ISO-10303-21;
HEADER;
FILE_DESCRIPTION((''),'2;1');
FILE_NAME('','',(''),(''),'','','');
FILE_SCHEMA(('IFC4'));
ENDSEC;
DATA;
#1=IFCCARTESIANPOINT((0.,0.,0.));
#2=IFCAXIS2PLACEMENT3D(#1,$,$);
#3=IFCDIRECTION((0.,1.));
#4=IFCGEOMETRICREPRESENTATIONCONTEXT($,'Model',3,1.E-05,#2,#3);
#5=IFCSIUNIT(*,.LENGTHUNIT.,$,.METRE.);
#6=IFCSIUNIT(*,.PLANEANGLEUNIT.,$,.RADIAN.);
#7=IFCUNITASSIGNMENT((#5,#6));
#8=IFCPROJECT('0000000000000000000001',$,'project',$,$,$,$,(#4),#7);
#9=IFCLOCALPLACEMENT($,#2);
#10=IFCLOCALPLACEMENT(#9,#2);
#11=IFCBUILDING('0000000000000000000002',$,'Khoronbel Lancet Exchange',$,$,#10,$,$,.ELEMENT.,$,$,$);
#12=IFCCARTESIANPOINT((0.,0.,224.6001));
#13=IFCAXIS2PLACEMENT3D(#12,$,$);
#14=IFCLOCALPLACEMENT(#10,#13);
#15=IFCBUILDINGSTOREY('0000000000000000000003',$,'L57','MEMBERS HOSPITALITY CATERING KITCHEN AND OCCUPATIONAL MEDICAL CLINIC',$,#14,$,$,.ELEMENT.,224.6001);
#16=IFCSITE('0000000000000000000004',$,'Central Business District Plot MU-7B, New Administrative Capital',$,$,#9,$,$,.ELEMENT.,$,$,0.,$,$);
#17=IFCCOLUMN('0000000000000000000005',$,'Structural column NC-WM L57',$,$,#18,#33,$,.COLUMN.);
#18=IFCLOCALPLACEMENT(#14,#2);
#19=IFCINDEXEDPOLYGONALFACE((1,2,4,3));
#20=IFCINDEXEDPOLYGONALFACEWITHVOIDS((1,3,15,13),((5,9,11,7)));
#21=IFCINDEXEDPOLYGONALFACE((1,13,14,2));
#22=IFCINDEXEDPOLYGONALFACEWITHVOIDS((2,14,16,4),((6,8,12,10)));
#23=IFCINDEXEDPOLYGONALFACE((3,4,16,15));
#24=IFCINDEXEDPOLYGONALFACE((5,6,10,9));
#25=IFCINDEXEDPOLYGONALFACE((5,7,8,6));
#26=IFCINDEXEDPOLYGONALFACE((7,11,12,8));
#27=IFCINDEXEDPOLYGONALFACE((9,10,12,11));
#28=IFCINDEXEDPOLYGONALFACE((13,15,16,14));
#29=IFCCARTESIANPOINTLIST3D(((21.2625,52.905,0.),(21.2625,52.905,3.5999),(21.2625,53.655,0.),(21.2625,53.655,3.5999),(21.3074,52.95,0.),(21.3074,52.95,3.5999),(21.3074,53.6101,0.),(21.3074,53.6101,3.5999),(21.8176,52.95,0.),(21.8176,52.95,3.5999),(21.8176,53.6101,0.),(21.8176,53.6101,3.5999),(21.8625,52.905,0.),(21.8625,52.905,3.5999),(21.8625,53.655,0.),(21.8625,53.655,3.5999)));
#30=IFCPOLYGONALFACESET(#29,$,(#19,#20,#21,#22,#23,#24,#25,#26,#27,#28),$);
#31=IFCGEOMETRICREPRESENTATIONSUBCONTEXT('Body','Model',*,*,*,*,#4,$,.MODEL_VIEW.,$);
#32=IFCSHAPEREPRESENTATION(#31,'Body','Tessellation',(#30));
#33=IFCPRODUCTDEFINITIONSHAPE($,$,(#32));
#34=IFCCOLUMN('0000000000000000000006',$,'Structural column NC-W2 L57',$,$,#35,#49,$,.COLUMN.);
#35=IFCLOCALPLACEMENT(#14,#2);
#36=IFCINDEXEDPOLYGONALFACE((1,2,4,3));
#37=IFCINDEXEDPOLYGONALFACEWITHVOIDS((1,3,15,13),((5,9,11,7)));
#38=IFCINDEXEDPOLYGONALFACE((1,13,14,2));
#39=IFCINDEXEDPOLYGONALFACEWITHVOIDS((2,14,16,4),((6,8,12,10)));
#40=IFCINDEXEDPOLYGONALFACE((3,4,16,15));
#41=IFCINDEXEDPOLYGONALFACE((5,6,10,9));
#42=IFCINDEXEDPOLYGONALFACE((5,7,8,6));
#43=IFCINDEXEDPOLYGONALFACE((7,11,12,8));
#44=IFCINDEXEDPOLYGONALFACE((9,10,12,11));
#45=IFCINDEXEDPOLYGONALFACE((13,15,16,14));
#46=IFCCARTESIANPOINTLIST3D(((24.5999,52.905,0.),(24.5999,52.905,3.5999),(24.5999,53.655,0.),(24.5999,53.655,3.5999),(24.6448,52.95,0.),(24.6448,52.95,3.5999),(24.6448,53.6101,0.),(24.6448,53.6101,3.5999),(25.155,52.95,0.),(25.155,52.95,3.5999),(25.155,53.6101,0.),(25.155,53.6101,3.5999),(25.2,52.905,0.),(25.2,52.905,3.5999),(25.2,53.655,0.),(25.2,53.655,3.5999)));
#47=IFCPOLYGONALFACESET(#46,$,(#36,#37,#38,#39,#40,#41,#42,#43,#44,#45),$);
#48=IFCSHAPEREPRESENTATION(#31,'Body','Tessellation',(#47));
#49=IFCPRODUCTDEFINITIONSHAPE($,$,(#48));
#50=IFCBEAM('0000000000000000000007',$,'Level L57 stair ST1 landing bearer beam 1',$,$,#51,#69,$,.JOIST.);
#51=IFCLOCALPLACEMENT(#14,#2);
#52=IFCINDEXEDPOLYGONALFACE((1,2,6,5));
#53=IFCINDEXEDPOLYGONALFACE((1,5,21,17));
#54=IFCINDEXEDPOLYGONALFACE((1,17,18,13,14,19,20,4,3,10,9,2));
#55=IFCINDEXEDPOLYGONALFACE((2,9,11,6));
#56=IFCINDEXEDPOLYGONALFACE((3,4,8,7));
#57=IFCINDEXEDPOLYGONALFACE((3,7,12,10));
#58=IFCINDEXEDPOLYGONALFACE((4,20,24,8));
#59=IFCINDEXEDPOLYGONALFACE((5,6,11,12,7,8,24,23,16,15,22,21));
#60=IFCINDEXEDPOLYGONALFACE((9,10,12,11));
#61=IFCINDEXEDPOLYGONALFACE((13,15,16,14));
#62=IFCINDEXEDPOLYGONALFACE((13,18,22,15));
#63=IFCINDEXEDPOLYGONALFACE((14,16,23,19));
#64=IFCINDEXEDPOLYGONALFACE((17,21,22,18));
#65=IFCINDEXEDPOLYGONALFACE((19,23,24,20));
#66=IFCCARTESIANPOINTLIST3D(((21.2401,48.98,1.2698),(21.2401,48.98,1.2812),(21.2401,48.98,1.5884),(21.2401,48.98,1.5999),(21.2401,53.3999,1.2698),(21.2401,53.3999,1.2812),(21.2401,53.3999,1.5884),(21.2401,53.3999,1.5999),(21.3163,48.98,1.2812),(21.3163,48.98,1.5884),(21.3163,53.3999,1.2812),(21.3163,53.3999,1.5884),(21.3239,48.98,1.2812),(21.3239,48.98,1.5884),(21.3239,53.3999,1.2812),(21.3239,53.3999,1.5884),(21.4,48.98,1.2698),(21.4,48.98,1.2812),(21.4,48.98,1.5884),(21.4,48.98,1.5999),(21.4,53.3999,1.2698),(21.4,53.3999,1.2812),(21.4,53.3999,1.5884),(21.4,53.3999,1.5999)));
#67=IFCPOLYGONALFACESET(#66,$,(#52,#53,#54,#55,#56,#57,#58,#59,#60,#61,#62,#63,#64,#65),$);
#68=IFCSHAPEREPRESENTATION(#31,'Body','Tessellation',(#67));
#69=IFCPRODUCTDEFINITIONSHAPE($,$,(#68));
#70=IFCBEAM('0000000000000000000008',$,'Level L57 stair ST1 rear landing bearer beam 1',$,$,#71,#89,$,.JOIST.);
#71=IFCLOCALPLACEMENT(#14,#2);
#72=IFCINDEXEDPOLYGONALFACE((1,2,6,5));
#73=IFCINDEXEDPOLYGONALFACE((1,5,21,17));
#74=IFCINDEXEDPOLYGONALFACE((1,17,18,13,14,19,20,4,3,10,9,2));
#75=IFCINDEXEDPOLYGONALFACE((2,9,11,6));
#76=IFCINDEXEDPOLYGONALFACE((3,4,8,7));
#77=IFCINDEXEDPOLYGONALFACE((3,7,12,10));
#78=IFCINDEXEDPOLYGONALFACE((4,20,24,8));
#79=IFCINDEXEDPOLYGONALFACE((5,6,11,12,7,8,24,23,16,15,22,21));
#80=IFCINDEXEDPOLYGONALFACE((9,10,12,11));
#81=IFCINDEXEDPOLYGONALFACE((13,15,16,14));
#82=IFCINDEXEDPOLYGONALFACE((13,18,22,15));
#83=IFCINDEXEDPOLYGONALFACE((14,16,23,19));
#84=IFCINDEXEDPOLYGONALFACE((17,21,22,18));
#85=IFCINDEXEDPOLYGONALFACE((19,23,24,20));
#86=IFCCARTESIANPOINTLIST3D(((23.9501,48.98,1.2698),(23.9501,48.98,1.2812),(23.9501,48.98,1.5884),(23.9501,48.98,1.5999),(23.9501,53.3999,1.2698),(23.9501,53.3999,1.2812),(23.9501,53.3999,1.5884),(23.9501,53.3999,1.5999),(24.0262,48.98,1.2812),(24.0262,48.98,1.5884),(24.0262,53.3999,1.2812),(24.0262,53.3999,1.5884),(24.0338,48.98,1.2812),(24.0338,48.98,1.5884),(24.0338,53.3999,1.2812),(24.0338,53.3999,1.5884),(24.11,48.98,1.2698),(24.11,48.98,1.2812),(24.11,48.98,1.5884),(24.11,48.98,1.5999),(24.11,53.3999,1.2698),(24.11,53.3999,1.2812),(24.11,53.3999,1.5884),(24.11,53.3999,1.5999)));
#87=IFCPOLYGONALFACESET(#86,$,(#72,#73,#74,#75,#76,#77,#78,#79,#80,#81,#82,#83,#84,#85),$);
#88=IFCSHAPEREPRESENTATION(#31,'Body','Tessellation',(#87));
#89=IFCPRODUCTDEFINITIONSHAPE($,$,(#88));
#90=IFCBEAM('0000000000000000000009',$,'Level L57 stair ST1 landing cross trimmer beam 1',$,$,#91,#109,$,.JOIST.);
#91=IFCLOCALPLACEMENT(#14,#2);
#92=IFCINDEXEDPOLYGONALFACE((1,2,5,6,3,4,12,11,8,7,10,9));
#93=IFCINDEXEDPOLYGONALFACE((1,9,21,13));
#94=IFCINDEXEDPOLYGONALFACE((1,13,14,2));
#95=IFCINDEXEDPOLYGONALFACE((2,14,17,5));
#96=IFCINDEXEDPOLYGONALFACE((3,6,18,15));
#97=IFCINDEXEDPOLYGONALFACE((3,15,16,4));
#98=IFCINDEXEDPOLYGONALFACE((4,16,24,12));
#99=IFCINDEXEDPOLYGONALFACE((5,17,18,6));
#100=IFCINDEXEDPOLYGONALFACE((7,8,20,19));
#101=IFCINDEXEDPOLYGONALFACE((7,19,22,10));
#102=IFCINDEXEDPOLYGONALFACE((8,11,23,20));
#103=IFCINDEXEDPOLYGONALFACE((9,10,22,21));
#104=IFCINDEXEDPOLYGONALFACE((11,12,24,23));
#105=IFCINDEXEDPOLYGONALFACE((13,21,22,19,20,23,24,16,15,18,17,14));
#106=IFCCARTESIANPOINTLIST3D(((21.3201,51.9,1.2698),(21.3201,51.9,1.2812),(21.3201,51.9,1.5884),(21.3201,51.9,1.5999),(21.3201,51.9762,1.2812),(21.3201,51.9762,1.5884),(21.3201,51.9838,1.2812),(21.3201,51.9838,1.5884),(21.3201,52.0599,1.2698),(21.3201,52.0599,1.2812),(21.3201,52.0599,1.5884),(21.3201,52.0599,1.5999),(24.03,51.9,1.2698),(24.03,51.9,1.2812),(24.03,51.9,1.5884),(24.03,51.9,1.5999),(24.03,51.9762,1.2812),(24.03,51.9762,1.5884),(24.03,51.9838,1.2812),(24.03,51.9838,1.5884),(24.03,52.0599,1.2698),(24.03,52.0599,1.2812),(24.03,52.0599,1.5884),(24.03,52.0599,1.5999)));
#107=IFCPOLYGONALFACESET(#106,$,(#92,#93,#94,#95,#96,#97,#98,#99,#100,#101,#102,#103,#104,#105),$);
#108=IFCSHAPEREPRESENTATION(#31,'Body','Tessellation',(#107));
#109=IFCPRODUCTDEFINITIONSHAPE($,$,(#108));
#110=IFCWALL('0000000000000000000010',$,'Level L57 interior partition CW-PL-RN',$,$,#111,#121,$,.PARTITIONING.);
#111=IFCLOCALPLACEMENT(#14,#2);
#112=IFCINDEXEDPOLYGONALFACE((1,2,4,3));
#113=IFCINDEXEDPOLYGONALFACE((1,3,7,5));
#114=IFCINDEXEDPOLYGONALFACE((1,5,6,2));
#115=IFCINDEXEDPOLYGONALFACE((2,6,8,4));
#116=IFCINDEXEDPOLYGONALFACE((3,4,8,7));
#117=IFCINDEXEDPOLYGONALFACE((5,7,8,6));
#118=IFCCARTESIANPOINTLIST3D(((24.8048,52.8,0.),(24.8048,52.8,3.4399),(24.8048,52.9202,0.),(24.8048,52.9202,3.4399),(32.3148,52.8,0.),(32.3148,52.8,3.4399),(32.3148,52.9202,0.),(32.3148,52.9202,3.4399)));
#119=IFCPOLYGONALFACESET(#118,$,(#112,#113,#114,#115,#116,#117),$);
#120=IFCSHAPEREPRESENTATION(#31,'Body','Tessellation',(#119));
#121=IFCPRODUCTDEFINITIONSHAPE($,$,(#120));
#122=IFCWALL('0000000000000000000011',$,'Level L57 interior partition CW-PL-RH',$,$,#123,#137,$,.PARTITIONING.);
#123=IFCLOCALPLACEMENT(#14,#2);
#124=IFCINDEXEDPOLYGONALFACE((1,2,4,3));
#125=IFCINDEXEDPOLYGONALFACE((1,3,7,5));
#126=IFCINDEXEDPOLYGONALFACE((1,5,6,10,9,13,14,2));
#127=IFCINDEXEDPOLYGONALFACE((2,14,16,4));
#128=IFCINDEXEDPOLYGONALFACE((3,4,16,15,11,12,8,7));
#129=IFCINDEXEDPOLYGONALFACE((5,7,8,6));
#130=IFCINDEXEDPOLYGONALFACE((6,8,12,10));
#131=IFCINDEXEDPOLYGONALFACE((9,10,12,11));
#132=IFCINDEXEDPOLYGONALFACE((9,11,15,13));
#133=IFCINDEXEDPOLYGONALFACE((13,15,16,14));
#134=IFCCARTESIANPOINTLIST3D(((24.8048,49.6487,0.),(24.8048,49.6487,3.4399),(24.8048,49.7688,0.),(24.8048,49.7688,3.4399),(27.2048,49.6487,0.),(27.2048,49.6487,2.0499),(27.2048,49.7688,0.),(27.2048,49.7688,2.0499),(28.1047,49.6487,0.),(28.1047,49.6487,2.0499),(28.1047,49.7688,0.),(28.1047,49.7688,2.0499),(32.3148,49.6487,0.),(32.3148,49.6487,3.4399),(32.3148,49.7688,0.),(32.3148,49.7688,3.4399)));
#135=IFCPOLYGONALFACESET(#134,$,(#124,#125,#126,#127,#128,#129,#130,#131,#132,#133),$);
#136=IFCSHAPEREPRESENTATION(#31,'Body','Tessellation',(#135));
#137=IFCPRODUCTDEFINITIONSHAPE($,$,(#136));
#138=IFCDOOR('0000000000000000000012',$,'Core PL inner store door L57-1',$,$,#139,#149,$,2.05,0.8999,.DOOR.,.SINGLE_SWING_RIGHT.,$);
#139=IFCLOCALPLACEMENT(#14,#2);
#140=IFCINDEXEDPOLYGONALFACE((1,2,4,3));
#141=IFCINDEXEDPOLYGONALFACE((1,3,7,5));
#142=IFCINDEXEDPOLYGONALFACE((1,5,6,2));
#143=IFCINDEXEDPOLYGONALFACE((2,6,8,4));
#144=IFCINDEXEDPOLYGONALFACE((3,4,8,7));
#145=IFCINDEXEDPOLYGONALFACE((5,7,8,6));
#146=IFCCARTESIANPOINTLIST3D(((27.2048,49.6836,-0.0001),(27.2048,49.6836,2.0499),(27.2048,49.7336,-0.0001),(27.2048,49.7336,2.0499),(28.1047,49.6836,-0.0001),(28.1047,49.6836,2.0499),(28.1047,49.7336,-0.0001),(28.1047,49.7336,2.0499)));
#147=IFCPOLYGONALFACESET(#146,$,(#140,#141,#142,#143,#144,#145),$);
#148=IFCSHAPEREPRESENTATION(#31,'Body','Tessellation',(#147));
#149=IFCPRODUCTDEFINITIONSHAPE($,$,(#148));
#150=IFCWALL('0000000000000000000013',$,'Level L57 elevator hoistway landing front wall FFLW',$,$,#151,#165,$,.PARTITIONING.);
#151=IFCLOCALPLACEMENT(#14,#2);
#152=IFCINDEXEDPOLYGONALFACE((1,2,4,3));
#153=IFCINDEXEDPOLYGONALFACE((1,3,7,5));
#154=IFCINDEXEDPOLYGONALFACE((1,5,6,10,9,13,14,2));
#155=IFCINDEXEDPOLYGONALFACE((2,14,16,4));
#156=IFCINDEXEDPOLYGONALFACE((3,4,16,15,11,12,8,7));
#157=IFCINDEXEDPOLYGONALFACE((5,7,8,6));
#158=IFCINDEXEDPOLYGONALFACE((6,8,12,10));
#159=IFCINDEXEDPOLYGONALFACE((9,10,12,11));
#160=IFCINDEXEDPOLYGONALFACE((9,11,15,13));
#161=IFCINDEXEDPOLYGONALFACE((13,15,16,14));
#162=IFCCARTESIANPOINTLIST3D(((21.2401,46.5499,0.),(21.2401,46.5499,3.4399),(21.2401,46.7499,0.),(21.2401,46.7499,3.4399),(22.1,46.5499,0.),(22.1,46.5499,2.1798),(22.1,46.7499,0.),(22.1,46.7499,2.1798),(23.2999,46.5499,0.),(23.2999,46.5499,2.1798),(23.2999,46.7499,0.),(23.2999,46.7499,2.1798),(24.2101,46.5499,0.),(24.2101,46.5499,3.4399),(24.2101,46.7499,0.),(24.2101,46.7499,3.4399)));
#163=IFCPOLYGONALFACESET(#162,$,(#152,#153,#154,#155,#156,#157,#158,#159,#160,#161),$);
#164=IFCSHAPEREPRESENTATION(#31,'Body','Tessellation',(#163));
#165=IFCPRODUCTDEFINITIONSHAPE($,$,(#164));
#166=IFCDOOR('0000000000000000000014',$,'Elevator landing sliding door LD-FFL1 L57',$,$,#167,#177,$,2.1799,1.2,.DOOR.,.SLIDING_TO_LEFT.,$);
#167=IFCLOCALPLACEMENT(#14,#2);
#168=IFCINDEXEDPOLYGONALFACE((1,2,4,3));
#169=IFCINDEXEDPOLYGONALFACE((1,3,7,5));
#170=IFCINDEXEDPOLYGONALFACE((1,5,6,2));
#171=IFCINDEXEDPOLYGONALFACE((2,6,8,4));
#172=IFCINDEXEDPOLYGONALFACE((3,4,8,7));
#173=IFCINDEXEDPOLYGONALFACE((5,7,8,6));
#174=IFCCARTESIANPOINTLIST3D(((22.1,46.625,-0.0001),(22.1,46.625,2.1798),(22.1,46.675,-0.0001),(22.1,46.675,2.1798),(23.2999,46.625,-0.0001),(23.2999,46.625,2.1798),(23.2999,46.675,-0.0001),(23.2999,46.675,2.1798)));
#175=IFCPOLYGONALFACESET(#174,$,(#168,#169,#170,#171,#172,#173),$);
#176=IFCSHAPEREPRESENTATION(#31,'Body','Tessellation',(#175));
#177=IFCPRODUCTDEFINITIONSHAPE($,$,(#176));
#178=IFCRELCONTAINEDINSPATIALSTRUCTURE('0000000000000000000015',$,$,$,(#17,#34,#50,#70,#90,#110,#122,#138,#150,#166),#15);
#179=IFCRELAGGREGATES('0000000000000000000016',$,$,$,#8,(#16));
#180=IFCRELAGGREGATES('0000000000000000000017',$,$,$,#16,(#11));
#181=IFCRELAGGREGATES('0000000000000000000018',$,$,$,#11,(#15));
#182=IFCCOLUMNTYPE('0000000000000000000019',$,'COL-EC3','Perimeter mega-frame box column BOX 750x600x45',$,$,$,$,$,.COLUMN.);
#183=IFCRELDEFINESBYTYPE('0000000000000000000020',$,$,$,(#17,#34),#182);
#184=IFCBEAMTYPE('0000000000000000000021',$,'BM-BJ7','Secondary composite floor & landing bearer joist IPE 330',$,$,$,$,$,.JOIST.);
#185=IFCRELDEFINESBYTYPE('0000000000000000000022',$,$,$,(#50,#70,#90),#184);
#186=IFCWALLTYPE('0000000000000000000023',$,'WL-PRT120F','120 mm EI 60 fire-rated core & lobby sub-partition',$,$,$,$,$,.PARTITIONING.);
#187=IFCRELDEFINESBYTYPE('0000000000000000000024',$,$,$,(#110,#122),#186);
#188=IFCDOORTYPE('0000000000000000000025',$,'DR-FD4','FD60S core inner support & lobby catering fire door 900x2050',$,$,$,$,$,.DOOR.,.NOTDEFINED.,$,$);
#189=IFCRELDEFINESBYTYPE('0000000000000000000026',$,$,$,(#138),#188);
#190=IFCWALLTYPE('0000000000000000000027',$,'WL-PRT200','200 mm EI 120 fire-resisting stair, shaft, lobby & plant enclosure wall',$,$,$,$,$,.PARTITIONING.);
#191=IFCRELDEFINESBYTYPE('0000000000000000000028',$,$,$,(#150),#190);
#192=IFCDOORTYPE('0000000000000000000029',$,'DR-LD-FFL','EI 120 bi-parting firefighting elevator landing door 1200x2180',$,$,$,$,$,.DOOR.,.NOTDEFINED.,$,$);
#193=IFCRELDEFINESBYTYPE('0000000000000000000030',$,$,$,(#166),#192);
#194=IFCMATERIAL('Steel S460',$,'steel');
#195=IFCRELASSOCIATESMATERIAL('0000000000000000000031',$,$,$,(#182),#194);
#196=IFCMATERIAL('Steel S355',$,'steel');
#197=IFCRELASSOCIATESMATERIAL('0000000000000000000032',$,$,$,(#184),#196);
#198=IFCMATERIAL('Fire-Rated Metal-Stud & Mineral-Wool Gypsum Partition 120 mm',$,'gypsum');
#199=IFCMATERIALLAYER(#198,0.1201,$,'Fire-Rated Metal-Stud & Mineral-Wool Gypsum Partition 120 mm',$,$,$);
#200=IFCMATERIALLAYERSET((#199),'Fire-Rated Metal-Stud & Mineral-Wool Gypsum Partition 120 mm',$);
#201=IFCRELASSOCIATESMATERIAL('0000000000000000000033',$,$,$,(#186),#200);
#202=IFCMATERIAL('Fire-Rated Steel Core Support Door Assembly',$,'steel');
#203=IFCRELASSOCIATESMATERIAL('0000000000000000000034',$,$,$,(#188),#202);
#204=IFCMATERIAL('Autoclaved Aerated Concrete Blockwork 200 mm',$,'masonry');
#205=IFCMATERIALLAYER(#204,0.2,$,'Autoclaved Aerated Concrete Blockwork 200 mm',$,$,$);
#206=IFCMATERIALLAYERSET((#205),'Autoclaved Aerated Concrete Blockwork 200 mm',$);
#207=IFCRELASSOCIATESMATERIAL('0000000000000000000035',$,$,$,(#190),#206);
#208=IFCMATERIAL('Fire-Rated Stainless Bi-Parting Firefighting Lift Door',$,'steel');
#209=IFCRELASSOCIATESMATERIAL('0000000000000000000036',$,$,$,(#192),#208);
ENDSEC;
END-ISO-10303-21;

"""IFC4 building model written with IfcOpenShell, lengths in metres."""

from ifc_helpers import new_model, si_unit, direction, frame, frame_2d, origin, origin_2d, place, context, subcontext, project, spatial, rectangle, hollow_rectangle, i_section, extrude, material, layer, layer_set, material_profile, profile_set, type_object, element, fill, save


model = new_model("IFC4")

# Units and contexts
model_context = context("Model", 3, precision=1e-05, world=origin(), true_north=direction((0.0, 1.0)))
body_context = subcontext(model_context, "Body", "Model", "MODEL_VIEW")
ifc_project = project(units=[si_unit("LENGTHUNIT", "METRE"), si_unit("PLANEANGLEUNIT", "RADIAN")], contexts=[model_context])

# Site, building, storey
site_placement = place(None, origin())
site = spatial("IfcSite", under=ifc_project, at=site_placement, Name="Central Business District Plot MU-7B, New Administrative Capital", CompositionType="ELEMENT", RefElevation=0.0)
building_placement = place(site_placement, origin())
building = spatial("IfcBuilding", under=site, at=building_placement, Name="Khoronbel Lancet Exchange", CompositionType="ELEMENT")
storey_placement = place(building_placement, frame((0.0, 0.0, 224.6001)))
storey = spatial("IfcBuildingStorey", under=building, at=storey_placement, Name="L57", Description="MEMBERS HOSPITALITY CATERING KITCHEN AND OCCUPATIONAL MEDICAL CLINIC", CompositionType="ELEMENT", Elevation=224.6001)

# Columns
ifc_material_1 = material(Name="Steel S460", Category="steel")
ifc_material_profile_1 = material_profile(ifc_material_1, hollow_rectangle(XDim=0.6001, YDim=0.75, WallThickness=0.0449, at=origin_2d()), Name="BOX 750x600x45")
ifc_profile_set_1 = profile_set([ifc_material_profile_1], Name="Steel S460")
column_type = type_object("IfcColumnType", Name="COL-EC3", Description="Perimeter mega-frame box column BOX 750x600x45", PredefinedType="COLUMN", material=ifc_profile_set_1)
for number, where, z_axis, x_axis, name in (
    (1, (21.5625, 53.28, 0.0), (0.0, 0.0, 1.0), (1.0, 0.0, 0.0), "Structural column NC-WM L57"),
    (2, (24.8999, 53.28, 0.0), (0.0, 0.0, 1.0), (1.0, 0.0, 0.0), "Structural column NC-W2 L57"),
):
    element("IfcColumn", number, at=place(storey_placement, frame(where, z_axis=z_axis, x_axis=x_axis)), inside=storey, type_object=column_type, Name=name, PredefinedType="COLUMN", context=body_context, shape_type="SweptSolid", body=[
        extrude(hollow_rectangle(XDim=0.6001, YDim=0.75, WallThickness=0.0449, at=origin_2d()), origin(), (0.0, 0.0, 1.0), 3.5999),
    ])

# Beams
ifc_material_2 = material(Name="Steel S355", Category="steel")
ifc_material_profile_2 = material_profile(ifc_material_2, i_section(OverallWidth=0.1599, OverallDepth=0.3301, WebThickness=0.0076, FlangeThickness=0.0115, at=origin_2d()), Name="IPE 330")
ifc_profile_set_2 = profile_set([ifc_material_profile_2], Name="Steel S355")
beam_type = type_object("IfcBeamType", Name="BM-BJ7", Description="Secondary composite floor & landing bearer joist IPE 330", PredefinedType="JOIST", material=ifc_profile_set_2)
for number, where, z_axis, x_axis, name in (
    (3, (21.3201, 48.98, 1.4348), (0.0, 1.0, 0.0), (-1.0, 0.0, 0.0), "Level L57 stair ST1 landing bearer beam 1"),
    (4, (24.03, 48.98, 1.4348), (0.0, 1.0, 0.0), (-1.0, 0.0, 0.0), "Level L57 stair ST1 rear landing bearer beam 1"),
):
    element("IfcBeam", number, at=place(storey_placement, frame(where, z_axis=z_axis, x_axis=x_axis)), inside=storey, type_object=beam_type, Name=name, PredefinedType="JOIST", context=body_context, shape_type="SweptSolid", body=[
        extrude(i_section(OverallWidth=0.1599, OverallDepth=0.3301, WebThickness=0.0076, FlangeThickness=0.0115, at=origin_2d()), origin(), (0.0, 0.0, 1.0), 4.4199),
    ])
beam_placement = place(storey_placement, frame((21.3201, 51.98, 1.4348), z_axis=(1.0, 0.0, 0.0), x_axis=(0.0, 1.0, 0.0)))
element("IfcBeam", 5, at=beam_placement, inside=storey, type_object=beam_type, Name="Level L57 stair ST1 landing cross trimmer beam 1", PredefinedType="JOIST", context=body_context, shape_type="SweptSolid", body=[
    extrude(i_section(OverallWidth=0.1599, OverallDepth=0.3301, WebThickness=0.0076, FlangeThickness=0.0115, at=origin_2d()), origin(), (0.0, 0.0, 1.0), 2.71),
])

# Wall
ifc_material_3 = material(Name="Fire-Rated Metal-Stud & Mineral-Wool Gypsum Partition 120 mm", Category="gypsum")
ifc_layer_1 = layer(ifc_material_3, 0.1201, Name="Fire-Rated Metal-Stud & Mineral-Wool Gypsum Partition 120 mm")
ifc_layer_set_1 = layer_set([ifc_layer_1], Name="Fire-Rated Metal-Stud & Mineral-Wool Gypsum Partition 120 mm")
wall_type_1 = type_object("IfcWallType", Name="WL-PRT120F", Description="120 mm EI 60 fire-rated core & lobby sub-partition", PredefinedType="PARTITIONING", material=ifc_layer_set_1)
wall_1_placement = place(storey_placement, frame((24.8049, 52.8601, 0.0), z_axis=(0.0, 0.0, 1.0), x_axis=(1.0, 0.0, 0.0)))
element("IfcWall", 6, at=wall_1_placement, inside=storey, type_object=wall_type_1, Name="Level L57 interior partition CW-PL-RN", PredefinedType="PARTITIONING", context=body_context, shape_type="SweptSolid", body=[
    extrude(rectangle(XDim=7.51, YDim=0.1201, at=frame_2d((3.7549, 0.0))), origin(), (0.0, 0.0, 1.0), 3.4399),
])

# Walls, openings, doors
wall_2_placement = place(storey_placement, frame((24.8049, 49.7087, 0.0), z_axis=(0.0, 0.0, 1.0), x_axis=(1.0, 0.0, 0.0)))
wall_2 = element("IfcWall", 7, at=wall_2_placement, inside=storey, type_object=wall_type_1, Name="Level L57 interior partition CW-PL-RH", PredefinedType="PARTITIONING", context=body_context, shape_type="SweptSolid", body=[
    extrude(rectangle(XDim=7.51, YDim=0.1201, at=frame_2d((3.7549, 0.0))), origin(), (0.0, 0.0, 1.0), 3.4399),
])
opening_1_placement = place(wall_2_placement, frame((2.3999, 0.0, 0.0)))
opening_1 = element("IfcOpeningElement", 8, at=opening_1_placement, cuts=wall_2, PredefinedType="OPENING", context=body_context, shape_type="SweptSolid", body=[
    extrude(rectangle(XDim=0.8999, YDim=2.05, at=frame_2d((0.45, 1.0249))), frame((0.0, 0.0701, 0.0), z_axis=(0.0, -1.0, 0.0), x_axis=(1.0, 0.0, 0.0)), (0.0, 0.0, 1.0), 0.1401),
])
ifc_material_4 = material(Name="Fire-Rated Steel Core Support Door Assembly", Category="steel")
door_type_1 = type_object("IfcDoorType", Name="DR-FD4", Description="FD60S core inner support & lobby catering fire door 900x2050", OperationType="NOTDEFINED", PredefinedType="DOOR", material=ifc_material_4)
door_1_placement = place(opening_1_placement, origin())
door_1 = element("IfcDoor", 9, at=door_1_placement, inside=storey, type_object=door_type_1, Name="Core PL inner store door L57-1", OperationType="SINGLE_SWING_RIGHT", OverallHeight=2.05, OverallWidth=0.8999, PredefinedType="DOOR", context=body_context, shape_type="SweptSolid", body=[
    extrude(rectangle(XDim=0.8999, YDim=2.05, at=frame_2d((0.45, 1.0249))), frame((0.0, 0.0249, 0.0), z_axis=(0.0, -1.0, 0.0), x_axis=(1.0, 0.0, 0.0)), (0.0, 0.0, 1.0), 0.05),
])
fill(opening_1, door_1)
ifc_material_5 = material(Name="Autoclaved Aerated Concrete Blockwork 200 mm", Category="masonry")
ifc_layer_2 = layer(ifc_material_5, 0.2, Name="Autoclaved Aerated Concrete Blockwork 200 mm")
ifc_layer_set_2 = layer_set([ifc_layer_2], Name="Autoclaved Aerated Concrete Blockwork 200 mm")
wall_type_2 = type_object("IfcWallType", Name="WL-PRT200", Description="200 mm EI 120 fire-resisting stair, shaft, lobby & plant enclosure wall", PredefinedType="PARTITIONING", material=ifc_layer_set_2)
wall_3_placement = place(storey_placement, frame((24.21, 46.6499, 0.0), z_axis=(0.0, 0.0, 1.0), x_axis=(-1.0, 0.0, 0.0)))
wall_3 = element("IfcWall", 10, at=wall_3_placement, inside=storey, type_object=wall_type_2, Name="Level L57 elevator hoistway landing front wall FFLW", PredefinedType="PARTITIONING", context=body_context, shape_type="SweptSolid", body=[
    extrude(rectangle(XDim=2.97, YDim=0.2, at=frame_2d((1.4849, 0.0))), origin(), (0.0, 0.0, 1.0), 3.4399),
])
opening_2_placement = place(wall_3_placement, frame((0.9099, 0.0, 0.0)))
opening_2 = element("IfcOpeningElement", 11, at=opening_2_placement, cuts=wall_3, PredefinedType="OPENING", context=body_context, shape_type="SweptSolid", body=[
    extrude(rectangle(XDim=1.2, YDim=2.1799, at=frame_2d((0.6001, 1.0898))), frame((0.0, 0.1099, 0.0), z_axis=(0.0, -1.0, 0.0), x_axis=(1.0, 0.0, 0.0)), (0.0, 0.0, 1.0), 0.22),
])
ifc_material_6 = material(Name="Fire-Rated Stainless Bi-Parting Firefighting Lift Door", Category="steel")
door_type_2 = type_object("IfcDoorType", Name="DR-LD-FFL", Description="EI 120 bi-parting firefighting elevator landing door 1200x2180", OperationType="NOTDEFINED", PredefinedType="DOOR", material=ifc_material_6)
door_2_placement = place(opening_2_placement, origin())
door_2 = element("IfcDoor", 12, at=door_2_placement, inside=storey, type_object=door_type_2, Name="Elevator landing sliding door LD-FFL1 L57", OperationType="SLIDING_TO_LEFT", OverallHeight=2.1799, OverallWidth=1.2, PredefinedType="DOOR", context=body_context, shape_type="SweptSolid", body=[
    extrude(rectangle(XDim=1.2, YDim=2.1799, at=frame_2d((0.6001, 1.0898))), frame((0.0, 0.0249, 0.0), z_axis=(0.0, -1.0, 0.0), x_axis=(1.0, 0.0, 0.0)), (0.0, 0.0, 1.0), 0.05),
])
fill(opening_2, door_2)

save(model, "model.ifc")
